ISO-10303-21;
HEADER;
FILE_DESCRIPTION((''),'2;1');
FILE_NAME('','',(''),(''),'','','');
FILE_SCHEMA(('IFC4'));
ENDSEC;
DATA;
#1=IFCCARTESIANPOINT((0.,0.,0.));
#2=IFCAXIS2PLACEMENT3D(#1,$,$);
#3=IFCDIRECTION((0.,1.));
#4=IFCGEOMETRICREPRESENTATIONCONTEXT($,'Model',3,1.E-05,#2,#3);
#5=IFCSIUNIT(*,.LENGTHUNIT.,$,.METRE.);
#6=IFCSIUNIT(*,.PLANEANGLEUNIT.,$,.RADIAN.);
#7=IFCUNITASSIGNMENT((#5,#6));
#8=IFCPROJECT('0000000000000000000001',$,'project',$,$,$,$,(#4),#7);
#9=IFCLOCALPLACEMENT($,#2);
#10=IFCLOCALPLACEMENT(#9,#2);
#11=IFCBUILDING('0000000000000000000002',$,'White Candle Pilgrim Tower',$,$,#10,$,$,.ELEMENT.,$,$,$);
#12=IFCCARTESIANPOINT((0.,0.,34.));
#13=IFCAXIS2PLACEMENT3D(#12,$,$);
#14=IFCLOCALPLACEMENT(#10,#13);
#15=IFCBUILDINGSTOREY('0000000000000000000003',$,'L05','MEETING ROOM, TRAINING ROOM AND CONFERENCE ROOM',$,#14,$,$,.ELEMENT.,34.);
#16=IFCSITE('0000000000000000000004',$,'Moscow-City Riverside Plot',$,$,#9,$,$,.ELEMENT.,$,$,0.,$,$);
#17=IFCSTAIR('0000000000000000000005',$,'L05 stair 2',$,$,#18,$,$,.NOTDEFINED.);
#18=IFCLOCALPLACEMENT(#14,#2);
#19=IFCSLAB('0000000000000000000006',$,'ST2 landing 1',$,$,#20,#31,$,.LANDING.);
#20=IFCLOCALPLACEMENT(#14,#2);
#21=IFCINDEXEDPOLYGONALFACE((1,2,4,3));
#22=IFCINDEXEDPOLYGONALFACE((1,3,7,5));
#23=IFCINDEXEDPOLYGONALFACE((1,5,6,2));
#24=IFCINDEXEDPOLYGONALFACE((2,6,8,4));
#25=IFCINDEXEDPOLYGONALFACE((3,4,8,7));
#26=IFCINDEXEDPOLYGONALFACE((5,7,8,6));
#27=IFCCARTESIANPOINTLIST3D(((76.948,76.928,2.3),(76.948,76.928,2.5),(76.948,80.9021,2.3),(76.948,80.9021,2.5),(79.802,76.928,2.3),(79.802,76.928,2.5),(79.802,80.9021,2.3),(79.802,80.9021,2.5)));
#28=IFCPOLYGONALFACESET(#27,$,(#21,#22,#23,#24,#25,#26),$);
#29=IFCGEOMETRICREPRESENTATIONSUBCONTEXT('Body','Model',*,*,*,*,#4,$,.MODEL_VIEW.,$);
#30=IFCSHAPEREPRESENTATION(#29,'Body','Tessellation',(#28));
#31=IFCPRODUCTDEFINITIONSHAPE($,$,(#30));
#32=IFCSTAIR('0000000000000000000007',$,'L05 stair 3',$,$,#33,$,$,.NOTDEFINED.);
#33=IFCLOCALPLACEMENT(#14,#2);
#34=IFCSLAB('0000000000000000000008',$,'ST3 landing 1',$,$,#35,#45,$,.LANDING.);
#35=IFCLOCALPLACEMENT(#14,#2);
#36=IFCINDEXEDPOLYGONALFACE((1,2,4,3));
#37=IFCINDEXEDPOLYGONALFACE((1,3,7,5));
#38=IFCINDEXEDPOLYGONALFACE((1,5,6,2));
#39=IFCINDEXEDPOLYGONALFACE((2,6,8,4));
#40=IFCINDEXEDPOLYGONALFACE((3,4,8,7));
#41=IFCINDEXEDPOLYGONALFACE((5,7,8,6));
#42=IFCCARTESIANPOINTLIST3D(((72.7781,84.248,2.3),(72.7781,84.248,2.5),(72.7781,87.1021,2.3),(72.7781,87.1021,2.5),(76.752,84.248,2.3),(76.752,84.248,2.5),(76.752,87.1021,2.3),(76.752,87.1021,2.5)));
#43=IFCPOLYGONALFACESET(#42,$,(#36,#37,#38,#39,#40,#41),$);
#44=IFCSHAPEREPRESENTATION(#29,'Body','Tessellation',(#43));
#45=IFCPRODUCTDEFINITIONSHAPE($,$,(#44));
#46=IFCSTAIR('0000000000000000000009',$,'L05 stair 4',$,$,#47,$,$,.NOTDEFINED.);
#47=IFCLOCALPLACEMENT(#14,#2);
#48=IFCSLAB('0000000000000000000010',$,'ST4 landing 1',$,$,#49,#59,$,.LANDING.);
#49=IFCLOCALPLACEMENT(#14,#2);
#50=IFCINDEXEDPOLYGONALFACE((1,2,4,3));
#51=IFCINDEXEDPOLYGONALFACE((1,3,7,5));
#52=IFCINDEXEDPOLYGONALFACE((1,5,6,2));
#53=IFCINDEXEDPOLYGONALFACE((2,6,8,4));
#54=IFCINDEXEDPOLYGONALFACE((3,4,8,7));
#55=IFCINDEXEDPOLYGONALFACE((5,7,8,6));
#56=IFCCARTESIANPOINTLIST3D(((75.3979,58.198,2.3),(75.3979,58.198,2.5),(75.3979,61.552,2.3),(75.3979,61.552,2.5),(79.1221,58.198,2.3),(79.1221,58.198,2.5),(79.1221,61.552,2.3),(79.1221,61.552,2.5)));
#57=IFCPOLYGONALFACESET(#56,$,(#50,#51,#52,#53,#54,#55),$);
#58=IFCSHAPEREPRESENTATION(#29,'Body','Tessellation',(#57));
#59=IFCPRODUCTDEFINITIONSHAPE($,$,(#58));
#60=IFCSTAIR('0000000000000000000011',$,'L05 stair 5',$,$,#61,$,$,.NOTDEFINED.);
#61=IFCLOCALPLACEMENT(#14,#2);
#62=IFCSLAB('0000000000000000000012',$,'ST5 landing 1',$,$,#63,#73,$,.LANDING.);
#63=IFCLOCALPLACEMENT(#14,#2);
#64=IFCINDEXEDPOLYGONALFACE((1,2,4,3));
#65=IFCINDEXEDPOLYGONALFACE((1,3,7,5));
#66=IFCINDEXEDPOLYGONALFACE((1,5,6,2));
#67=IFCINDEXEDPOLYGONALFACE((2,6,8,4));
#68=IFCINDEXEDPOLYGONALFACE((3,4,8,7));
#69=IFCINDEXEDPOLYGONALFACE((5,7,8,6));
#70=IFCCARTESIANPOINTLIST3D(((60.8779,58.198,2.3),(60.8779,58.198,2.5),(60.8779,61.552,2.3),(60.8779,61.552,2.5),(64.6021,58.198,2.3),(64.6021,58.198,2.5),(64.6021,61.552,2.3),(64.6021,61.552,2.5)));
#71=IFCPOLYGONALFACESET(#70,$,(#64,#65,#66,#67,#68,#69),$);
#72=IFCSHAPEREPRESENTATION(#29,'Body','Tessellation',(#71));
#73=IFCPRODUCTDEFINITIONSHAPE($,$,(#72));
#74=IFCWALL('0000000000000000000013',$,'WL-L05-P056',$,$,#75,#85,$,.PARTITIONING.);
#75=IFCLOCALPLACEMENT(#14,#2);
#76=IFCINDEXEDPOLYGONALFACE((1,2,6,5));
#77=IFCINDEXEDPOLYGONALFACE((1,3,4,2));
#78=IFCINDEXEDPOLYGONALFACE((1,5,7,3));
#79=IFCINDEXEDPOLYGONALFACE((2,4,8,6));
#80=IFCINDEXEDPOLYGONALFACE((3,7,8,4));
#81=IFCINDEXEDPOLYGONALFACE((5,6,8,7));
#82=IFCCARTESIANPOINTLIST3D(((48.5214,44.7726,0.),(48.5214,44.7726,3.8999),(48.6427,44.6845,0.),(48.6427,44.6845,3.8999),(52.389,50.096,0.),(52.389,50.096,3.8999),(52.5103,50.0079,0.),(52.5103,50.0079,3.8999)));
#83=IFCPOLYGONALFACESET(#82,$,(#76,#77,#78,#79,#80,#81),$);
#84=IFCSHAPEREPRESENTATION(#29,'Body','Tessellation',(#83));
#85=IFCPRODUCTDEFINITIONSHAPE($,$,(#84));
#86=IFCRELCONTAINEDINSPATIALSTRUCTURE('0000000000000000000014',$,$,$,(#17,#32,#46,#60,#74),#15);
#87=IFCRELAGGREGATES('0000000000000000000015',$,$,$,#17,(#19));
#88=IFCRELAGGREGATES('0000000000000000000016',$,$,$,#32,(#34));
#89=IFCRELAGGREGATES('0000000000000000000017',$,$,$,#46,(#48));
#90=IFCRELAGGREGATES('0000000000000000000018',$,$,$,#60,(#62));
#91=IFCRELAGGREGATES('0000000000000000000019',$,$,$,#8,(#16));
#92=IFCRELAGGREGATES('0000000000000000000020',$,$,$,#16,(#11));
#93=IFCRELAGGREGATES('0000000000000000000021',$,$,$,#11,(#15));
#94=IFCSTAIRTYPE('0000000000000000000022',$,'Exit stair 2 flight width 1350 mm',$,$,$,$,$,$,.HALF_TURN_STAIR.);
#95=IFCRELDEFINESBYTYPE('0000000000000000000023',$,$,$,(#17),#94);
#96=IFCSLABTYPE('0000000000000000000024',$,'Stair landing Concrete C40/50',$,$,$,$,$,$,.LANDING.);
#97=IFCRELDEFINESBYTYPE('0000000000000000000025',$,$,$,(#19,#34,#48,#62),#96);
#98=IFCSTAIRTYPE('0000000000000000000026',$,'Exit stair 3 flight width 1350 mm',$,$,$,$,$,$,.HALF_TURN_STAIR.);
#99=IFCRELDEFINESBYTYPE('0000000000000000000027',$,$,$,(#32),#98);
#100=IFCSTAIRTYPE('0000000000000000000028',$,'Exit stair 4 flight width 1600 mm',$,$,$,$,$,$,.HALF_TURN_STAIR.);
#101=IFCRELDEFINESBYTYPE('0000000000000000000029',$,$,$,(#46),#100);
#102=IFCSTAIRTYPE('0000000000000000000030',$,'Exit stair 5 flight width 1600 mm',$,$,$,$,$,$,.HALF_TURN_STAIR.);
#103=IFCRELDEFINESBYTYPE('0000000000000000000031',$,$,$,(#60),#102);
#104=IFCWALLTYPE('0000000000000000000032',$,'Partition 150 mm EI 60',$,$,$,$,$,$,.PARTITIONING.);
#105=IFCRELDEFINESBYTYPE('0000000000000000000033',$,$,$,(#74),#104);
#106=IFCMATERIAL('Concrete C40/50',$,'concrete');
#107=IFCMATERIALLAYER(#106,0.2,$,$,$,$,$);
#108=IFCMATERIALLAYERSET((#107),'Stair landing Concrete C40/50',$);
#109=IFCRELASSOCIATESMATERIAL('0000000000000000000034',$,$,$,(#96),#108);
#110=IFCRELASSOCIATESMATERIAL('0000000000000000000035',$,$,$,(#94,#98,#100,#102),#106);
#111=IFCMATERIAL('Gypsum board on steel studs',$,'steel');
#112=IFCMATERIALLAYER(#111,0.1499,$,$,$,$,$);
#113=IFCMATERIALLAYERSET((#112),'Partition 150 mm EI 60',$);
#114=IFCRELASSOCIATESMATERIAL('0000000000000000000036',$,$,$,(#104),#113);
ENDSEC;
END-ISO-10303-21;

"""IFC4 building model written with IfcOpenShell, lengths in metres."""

from ifc_helpers import new_model, si_unit, direction, frame, frame_2d, origin, place, context, subcontext, project, spatial, polyline, rectangle, outline, extrude, material, layer, layer_set, type_object, element, aggregate, save


model = new_model("IFC4")

# Units and contexts
model_context = context("Model", 3, precision=1e-05, world=origin(), true_north=direction((0.0, 1.0)))
body_context = subcontext(model_context, "Body", "Model", "MODEL_VIEW")
ifc_project = project(units=[si_unit("LENGTHUNIT", "METRE"), si_unit("PLANEANGLEUNIT", "RADIAN")], contexts=[model_context])

# Site, building, storey
site_placement = place(None, origin())
site = spatial("IfcSite", under=ifc_project, at=site_placement, Name="Moscow-City Riverside Plot", CompositionType="ELEMENT", RefElevation=0.0)
building_placement = place(site_placement, origin())
building = spatial("IfcBuilding", under=site, at=building_placement, Name="White Candle Pilgrim Tower", CompositionType="ELEMENT")
storey_placement = place(building_placement, frame((0.0, 0.0, 34.0)))
storey = spatial("IfcBuildingStorey", under=building, at=storey_placement, Name="L05", Description="MEETING ROOM, TRAINING ROOM AND CONFERENCE ROOM", CompositionType="ELEMENT", Elevation=34.0)

# Shared definitions
ifc_material_1 = material(Name="Concrete C40/50", Category="concrete")

# Stairs, slabs
ifc_layer_1 = layer(ifc_material_1, 0.2)
ifc_layer_set_1 = layer_set([ifc_layer_1], Name="Stair landing Concrete C40/50")
slab_type_1 = type_object("IfcSlabType", Name="Stair landing Concrete C40/50", PredefinedType="LANDING", material=ifc_layer_set_1)
stair_type_1 = type_object("IfcStairType", Name="Exit stair 2 flight width 1350 mm", PredefinedType="HALF_TURN_STAIR", material=ifc_material_1)
stair_1_placement = place(storey_placement, origin())
stair_1 = element("IfcStair", 1, at=stair_1_placement, inside=storey, type_object=stair_type_1, Name="L05 stair 2", PredefinedType="NOTDEFINED")
slab_1_placement = place(storey_placement, frame((0.0, 0.0, 2.3)))
slab_1 = element("IfcSlab", 2, at=slab_1_placement, type_object=slab_type_1, Name="ST2 landing 1", PredefinedType="LANDING", context=body_context, shape_type="SweptSolid", body=[
    extrude(outline(polyline([(79.802, 76.928), (76.948, 76.928), (76.948, 80.9021), (79.802, 80.9021), (79.802, 76.928)])), origin(), (0.0, 0.0, 1.0), 0.2),
])
aggregate(stair_1, [slab_1])
stair_type_2 = type_object("IfcStairType", Name="Exit stair 3 flight width 1350 mm", PredefinedType="HALF_TURN_STAIR", material=ifc_material_1)
stair_2_placement = place(storey_placement, origin())
stair_2 = element("IfcStair", 3, at=stair_2_placement, inside=storey, type_object=stair_type_2, Name="L05 stair 3", PredefinedType="NOTDEFINED")
slab_2_placement = place(storey_placement, frame((0.0, 0.0, 2.3)))
slab_2 = element("IfcSlab", 4, at=slab_2_placement, type_object=slab_type_1, Name="ST3 landing 1", PredefinedType="LANDING", context=body_context, shape_type="SweptSolid", body=[
    extrude(outline(polyline([(72.7781, 84.248), (72.7781, 87.1021), (76.752, 87.1021), (76.752, 84.248), (72.7781, 84.248)])), origin(), (0.0, 0.0, 1.0), 0.2),
])
aggregate(stair_2, [slab_2])
stair_type_3 = type_object("IfcStairType", Name="Exit stair 4 flight width 1600 mm", PredefinedType="HALF_TURN_STAIR", material=ifc_material_1)
stair_3_placement = place(storey_placement, origin())
stair_3 = element("IfcStair", 5, at=stair_3_placement, inside=storey, type_object=stair_type_3, Name="L05 stair 4", PredefinedType="NOTDEFINED")
slab_3_placement = place(storey_placement, frame((0.0, 0.0, 2.3)))
slab_3 = element("IfcSlab", 6, at=slab_3_placement, type_object=slab_type_1, Name="ST4 landing 1", PredefinedType="LANDING", context=body_context, shape_type="SweptSolid", body=[
    extrude(outline(polyline([(79.1221, 61.552), (79.1221, 58.198), (75.3979, 58.198), (75.3979, 61.552), (79.1221, 61.552)])), origin(), (0.0, 0.0, 1.0), 0.2),
])
aggregate(stair_3, [slab_3])
stair_type_4 = type_object("IfcStairType", Name="Exit stair 5 flight width 1600 mm", PredefinedType="HALF_TURN_STAIR", material=ifc_material_1)
stair_4_placement = place(storey_placement, origin())
stair_4 = element("IfcStair", 7, at=stair_4_placement, inside=storey, type_object=stair_type_4, Name="L05 stair 5", PredefinedType="NOTDEFINED")
slab_4_placement = place(storey_placement, frame((0.0, 0.0, 2.3)))
slab_4 = element("IfcSlab", 8, at=slab_4_placement, type_object=slab_type_1, Name="ST5 landing 1", PredefinedType="LANDING", context=body_context, shape_type="SweptSolid", body=[
    extrude(outline(polyline([(60.8779, 58.198), (60.8779, 61.552), (64.6021, 61.552), (64.6021, 58.198), (60.8779, 58.198)])), origin(), (0.0, 0.0, 1.0), 0.2),
])
aggregate(stair_4, [slab_4])

# Wall
ifc_material_2 = material(Name="Gypsum board on steel studs", Category="steel")
ifc_layer_2 = layer(ifc_material_2, 0.1499)
ifc_layer_set_2 = layer_set([ifc_layer_2], Name="Partition 150 mm EI 60")
wall_type = type_object("IfcWallType", Name="Partition 150 mm EI 60", PredefinedType="PARTITIONING", material=ifc_layer_set_2)
wall_placement = place(storey_placement, frame((48.582, 44.7285, 0.0), z_axis=(0.0, 0.0, 1.0), x_axis=(0.587779, 0.809022, 0.0)))
element("IfcWall", 9, at=wall_placement, inside=storey, type_object=wall_type, Name="WL-L05-P056", PredefinedType="PARTITIONING", context=body_context, shape_type="SweptSolid", body=[
    extrude(rectangle(XDim=6.5801, YDim=0.1499, at=frame_2d((3.29, 0.0))), origin(), (0.0, 0.0, 1.0), 3.8999),
])

save(model, "model.ifc")
